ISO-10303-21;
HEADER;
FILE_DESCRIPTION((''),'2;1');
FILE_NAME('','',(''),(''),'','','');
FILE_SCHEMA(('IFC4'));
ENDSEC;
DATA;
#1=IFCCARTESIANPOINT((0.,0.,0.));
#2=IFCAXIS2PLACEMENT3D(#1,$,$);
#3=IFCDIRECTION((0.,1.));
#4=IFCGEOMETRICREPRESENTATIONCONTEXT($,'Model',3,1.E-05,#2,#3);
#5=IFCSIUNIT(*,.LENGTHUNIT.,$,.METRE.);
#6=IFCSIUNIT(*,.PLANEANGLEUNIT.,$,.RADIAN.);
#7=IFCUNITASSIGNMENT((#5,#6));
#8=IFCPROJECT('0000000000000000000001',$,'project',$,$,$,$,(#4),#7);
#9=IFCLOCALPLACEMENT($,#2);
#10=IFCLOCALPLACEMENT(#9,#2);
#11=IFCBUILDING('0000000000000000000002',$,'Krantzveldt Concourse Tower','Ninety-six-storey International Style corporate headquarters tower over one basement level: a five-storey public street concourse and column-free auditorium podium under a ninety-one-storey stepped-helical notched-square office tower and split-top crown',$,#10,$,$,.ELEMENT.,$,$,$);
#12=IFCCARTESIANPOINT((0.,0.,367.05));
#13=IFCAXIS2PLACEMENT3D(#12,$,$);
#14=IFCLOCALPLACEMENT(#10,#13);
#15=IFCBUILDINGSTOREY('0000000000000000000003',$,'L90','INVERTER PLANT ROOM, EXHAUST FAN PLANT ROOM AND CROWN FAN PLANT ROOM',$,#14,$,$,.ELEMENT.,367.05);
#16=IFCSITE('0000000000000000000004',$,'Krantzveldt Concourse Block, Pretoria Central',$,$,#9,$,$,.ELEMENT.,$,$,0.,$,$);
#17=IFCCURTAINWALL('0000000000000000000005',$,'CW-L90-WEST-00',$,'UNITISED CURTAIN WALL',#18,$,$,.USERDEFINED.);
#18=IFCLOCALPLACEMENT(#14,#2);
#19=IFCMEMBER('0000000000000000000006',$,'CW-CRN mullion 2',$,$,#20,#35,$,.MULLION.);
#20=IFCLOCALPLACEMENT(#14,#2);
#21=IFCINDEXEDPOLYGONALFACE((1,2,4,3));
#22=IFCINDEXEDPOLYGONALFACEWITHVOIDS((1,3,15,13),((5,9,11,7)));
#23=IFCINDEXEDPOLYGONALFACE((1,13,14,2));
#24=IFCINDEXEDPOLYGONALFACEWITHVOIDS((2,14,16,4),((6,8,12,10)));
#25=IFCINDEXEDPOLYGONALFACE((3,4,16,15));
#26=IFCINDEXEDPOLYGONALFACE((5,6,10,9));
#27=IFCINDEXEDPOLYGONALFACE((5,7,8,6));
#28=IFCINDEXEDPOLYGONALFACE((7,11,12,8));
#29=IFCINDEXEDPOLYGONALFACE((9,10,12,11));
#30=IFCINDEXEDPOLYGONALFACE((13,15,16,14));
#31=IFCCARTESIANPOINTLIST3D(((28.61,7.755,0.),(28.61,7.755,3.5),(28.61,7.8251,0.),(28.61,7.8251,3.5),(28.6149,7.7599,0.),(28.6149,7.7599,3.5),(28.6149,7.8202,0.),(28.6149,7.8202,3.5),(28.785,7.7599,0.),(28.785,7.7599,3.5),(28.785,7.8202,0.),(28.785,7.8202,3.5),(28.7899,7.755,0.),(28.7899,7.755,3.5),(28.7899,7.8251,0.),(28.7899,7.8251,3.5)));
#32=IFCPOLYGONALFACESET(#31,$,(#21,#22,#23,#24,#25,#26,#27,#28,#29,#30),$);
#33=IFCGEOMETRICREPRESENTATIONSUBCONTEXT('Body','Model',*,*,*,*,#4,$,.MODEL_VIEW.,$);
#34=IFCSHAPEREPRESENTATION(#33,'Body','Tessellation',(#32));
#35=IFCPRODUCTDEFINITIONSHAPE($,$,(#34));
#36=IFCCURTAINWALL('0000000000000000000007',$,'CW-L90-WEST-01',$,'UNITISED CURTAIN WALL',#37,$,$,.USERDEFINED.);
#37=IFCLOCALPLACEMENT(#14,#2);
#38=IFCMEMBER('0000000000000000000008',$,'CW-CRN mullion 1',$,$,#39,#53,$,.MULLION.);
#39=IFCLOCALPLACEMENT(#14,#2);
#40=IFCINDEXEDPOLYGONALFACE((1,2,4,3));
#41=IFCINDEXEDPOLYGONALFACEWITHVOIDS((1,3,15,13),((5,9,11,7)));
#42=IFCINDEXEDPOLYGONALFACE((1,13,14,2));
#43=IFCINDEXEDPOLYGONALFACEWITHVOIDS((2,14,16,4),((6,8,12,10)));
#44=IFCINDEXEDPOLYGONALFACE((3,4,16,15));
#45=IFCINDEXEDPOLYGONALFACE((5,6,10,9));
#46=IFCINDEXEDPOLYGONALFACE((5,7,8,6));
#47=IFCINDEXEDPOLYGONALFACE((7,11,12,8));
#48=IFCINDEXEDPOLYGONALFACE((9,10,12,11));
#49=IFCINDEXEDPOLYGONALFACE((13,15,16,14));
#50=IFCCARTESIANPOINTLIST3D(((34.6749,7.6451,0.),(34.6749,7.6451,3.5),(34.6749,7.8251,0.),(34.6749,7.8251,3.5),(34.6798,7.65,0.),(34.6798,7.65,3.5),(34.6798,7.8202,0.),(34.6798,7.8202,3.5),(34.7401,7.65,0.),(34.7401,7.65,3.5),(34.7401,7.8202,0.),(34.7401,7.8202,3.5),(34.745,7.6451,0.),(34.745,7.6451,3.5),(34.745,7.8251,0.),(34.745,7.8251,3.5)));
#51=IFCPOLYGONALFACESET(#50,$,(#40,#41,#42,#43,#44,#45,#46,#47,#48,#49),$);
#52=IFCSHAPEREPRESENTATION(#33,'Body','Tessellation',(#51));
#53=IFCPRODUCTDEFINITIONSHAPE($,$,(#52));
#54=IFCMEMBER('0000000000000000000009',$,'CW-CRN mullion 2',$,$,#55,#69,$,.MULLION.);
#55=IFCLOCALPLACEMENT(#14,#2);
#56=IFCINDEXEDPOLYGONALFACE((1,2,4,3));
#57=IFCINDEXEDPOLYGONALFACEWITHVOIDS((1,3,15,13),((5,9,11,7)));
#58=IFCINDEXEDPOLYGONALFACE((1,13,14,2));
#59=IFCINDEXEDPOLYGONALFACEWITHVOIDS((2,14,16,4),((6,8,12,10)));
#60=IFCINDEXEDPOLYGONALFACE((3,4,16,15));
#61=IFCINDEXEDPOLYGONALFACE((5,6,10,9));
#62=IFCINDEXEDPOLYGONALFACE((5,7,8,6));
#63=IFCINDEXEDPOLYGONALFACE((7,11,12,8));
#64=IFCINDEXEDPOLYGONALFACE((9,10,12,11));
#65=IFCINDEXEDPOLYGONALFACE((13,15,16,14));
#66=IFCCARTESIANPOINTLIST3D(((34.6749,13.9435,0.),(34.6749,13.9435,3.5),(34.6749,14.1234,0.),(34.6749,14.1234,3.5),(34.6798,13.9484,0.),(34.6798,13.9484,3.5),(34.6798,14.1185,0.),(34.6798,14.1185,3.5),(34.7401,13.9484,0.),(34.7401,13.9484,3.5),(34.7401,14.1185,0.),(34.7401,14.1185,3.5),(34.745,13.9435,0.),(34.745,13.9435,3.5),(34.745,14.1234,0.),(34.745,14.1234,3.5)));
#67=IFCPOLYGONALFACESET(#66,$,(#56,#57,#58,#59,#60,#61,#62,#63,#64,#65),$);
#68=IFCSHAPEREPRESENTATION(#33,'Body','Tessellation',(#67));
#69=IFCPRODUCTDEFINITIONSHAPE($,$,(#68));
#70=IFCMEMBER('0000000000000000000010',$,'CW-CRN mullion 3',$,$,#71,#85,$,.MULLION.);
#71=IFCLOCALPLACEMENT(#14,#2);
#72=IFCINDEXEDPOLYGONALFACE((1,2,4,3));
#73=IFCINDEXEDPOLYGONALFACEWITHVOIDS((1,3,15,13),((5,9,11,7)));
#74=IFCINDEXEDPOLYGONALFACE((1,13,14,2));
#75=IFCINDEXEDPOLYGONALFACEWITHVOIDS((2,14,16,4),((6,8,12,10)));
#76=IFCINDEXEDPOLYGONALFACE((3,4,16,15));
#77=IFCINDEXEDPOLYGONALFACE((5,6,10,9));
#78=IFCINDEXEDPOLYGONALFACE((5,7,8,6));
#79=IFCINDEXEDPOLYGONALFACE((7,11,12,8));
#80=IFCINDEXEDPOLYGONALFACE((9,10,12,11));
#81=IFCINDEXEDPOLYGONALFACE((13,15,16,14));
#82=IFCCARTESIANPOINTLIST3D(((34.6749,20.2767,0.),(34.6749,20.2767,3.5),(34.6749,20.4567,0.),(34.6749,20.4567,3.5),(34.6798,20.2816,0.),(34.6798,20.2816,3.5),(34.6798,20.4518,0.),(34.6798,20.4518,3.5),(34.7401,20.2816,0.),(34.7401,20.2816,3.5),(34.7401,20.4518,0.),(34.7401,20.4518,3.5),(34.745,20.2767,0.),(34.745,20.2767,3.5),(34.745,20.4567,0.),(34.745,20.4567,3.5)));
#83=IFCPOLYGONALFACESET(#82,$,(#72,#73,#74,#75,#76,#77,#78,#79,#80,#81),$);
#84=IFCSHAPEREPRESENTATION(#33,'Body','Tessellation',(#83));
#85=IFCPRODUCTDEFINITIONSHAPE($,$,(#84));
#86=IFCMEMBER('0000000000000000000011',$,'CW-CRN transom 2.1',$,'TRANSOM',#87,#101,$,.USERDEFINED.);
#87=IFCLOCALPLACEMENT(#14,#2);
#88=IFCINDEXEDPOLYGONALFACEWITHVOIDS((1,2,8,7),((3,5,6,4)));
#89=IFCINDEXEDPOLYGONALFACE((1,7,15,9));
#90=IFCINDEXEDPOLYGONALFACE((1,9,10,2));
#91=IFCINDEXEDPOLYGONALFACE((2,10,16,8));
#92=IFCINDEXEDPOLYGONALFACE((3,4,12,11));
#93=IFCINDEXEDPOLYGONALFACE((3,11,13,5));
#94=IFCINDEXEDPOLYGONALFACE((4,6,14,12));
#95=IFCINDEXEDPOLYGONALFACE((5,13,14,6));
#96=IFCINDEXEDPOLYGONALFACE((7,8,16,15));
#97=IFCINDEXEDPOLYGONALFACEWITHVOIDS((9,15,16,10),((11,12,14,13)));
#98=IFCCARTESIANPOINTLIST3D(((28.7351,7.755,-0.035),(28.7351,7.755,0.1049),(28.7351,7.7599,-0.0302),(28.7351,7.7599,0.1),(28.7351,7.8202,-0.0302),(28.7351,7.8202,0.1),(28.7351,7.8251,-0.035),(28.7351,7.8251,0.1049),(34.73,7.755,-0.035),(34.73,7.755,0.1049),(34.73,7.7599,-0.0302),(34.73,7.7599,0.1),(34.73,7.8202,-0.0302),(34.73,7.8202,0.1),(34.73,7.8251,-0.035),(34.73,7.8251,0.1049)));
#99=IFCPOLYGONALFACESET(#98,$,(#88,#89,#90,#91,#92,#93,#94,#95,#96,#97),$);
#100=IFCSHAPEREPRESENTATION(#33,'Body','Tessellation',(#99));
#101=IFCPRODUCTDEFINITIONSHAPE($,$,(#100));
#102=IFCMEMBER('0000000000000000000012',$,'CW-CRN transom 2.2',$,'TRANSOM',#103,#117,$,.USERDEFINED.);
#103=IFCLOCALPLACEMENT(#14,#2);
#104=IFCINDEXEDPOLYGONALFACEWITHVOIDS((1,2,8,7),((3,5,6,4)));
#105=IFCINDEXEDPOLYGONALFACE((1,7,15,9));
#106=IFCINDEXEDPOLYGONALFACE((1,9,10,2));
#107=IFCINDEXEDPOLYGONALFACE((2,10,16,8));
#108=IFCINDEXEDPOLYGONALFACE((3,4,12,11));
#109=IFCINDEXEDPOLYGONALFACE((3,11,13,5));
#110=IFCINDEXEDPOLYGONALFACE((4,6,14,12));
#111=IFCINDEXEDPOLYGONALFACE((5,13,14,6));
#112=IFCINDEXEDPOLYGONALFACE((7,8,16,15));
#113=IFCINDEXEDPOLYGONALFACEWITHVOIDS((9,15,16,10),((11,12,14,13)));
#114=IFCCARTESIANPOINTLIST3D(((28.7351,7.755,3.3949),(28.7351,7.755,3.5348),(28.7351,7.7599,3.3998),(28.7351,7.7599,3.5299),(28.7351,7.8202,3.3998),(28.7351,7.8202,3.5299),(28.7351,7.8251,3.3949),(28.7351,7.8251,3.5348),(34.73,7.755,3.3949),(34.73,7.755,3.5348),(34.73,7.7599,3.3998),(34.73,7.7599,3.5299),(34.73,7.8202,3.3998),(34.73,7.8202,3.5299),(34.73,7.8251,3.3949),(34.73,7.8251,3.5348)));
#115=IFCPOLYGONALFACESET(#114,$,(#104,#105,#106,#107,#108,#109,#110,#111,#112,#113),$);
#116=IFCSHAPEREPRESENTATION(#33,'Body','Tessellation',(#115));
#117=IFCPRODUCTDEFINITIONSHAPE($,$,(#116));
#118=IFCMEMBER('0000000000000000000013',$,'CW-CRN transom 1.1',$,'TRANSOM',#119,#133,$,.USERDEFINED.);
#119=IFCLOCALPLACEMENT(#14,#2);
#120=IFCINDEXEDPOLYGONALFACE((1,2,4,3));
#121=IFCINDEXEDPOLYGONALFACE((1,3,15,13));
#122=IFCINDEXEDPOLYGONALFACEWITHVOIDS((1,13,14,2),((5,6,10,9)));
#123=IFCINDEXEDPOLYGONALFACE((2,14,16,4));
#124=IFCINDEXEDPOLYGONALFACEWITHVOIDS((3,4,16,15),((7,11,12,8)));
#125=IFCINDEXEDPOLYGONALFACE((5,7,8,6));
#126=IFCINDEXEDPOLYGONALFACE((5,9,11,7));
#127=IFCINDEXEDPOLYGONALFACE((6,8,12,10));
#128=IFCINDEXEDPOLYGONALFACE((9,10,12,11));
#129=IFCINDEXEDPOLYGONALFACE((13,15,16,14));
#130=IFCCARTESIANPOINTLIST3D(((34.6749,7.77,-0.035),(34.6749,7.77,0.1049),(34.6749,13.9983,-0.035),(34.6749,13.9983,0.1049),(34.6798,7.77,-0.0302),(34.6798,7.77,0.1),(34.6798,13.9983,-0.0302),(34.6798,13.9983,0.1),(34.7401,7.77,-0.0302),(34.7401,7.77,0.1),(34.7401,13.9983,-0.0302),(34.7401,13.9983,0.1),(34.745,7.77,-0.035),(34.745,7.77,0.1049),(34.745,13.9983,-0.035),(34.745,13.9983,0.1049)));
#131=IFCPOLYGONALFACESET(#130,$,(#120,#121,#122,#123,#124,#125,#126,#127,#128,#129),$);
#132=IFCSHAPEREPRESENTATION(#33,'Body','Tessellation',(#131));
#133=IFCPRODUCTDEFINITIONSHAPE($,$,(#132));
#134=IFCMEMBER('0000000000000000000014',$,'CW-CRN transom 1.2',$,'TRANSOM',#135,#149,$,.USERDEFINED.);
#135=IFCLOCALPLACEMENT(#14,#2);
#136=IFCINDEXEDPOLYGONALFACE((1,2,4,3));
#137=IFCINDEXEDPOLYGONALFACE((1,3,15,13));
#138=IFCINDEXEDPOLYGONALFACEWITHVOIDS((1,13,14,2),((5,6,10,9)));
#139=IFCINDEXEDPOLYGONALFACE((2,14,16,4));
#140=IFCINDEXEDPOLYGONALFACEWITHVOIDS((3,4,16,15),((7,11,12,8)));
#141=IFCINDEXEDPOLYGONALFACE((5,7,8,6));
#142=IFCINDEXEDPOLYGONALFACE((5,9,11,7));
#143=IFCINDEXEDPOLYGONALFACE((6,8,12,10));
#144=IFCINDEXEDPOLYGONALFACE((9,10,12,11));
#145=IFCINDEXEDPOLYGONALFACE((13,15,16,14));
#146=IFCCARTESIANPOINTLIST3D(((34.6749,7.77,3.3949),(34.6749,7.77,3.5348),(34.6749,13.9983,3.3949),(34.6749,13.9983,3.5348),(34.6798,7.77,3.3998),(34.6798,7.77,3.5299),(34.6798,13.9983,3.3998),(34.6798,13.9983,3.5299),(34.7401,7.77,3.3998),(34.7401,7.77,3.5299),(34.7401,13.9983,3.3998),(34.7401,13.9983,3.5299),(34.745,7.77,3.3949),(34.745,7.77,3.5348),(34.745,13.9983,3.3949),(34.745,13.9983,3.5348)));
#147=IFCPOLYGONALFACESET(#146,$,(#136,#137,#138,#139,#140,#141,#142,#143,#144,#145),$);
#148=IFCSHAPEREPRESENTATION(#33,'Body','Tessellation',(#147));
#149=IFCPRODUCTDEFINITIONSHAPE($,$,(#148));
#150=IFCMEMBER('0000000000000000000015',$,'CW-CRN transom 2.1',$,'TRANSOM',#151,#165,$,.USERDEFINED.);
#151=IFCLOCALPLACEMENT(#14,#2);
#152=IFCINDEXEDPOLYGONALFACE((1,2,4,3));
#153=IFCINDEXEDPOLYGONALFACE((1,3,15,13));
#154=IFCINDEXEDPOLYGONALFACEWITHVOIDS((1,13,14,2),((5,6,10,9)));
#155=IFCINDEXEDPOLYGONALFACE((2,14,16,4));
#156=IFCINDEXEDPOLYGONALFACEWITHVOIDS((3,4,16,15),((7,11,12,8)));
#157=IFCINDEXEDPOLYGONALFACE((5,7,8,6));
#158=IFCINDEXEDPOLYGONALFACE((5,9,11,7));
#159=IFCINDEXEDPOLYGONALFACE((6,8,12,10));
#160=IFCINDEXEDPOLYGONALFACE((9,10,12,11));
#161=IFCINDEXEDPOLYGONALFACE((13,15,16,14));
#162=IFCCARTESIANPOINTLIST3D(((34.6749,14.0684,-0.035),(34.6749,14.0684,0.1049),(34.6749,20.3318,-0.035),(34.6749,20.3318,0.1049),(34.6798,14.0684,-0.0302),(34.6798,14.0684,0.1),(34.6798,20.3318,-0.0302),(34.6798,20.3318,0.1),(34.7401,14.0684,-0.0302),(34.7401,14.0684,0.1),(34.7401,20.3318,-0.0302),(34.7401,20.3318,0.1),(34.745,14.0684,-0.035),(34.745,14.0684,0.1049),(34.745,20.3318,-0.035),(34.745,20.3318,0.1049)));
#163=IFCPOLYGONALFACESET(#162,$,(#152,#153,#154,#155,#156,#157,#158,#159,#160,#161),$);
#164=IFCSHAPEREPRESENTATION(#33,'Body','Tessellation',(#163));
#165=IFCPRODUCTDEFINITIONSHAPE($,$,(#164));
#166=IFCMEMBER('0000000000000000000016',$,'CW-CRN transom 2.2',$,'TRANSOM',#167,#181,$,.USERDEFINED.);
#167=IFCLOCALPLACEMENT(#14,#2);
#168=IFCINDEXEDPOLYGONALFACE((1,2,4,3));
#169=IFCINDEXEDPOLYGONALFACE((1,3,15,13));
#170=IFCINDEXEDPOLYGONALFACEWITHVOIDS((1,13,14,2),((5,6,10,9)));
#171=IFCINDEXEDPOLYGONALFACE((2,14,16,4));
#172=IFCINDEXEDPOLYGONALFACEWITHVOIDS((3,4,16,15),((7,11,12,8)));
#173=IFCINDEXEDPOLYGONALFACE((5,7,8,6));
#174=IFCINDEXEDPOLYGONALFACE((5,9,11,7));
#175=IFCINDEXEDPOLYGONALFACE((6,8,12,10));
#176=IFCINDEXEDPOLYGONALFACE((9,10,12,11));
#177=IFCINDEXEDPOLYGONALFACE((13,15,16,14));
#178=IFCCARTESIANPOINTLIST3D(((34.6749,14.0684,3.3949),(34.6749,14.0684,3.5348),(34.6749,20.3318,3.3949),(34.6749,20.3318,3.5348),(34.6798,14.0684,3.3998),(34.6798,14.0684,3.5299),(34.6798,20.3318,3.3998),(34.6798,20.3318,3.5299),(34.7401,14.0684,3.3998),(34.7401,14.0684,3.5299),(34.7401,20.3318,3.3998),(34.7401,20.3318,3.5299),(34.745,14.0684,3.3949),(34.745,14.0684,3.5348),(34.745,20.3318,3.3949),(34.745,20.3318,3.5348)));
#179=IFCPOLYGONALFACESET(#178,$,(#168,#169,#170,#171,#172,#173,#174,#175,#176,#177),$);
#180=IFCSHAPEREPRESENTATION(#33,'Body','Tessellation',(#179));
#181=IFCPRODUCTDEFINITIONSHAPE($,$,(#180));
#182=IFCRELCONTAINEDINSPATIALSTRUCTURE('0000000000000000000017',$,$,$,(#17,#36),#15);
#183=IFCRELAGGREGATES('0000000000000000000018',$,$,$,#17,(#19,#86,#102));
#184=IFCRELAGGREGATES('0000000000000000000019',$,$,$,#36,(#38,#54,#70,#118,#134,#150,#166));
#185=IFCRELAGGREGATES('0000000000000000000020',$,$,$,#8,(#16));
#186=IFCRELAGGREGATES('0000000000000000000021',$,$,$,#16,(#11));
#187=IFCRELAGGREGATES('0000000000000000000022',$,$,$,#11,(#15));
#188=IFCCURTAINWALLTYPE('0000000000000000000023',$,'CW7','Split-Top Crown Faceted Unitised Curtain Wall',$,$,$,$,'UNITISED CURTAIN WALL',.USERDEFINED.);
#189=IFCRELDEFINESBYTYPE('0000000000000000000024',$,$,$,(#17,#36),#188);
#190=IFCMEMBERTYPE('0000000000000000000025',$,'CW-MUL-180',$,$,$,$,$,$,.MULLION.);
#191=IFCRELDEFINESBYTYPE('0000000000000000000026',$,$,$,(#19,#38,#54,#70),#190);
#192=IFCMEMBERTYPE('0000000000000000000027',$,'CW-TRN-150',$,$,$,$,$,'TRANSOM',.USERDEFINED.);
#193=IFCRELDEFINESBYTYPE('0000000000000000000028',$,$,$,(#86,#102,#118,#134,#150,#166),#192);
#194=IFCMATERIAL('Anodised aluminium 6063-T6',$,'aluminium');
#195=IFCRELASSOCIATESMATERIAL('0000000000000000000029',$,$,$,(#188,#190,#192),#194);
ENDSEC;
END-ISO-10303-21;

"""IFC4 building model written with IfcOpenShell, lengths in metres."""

from ifc_helpers import new_model, si_unit, direction, frame, origin, origin_2d, place, context, subcontext, project, spatial, hollow_rectangle, extrude, source, transform, mapped, material, material_profile, profile_set, type_object, type_shapes, element, aggregate, save


model = new_model("IFC4")

# Units and contexts
model_context = context("Model", 3, precision=1e-05, world=origin(), true_north=direction((0.0, 1.0)))
body_context = subcontext(model_context, "Body", "Model", "MODEL_VIEW")
ifc_project = project(units=[si_unit("LENGTHUNIT", "METRE"), si_unit("PLANEANGLEUNIT", "RADIAN")], contexts=[model_context])

# Site, building, storey
site_placement = place(None, origin())
site = spatial("IfcSite", under=ifc_project, at=site_placement, Name="Krantzveldt Concourse Block, Pretoria Central", CompositionType="ELEMENT", RefElevation=0.0)
building_placement = place(site_placement, origin())
building = spatial("IfcBuilding", under=site, at=building_placement, Name="Krantzveldt Concourse Tower", Description="Ninety-six-storey International Style corporate headquarters tower over one basement level: a five-storey public street concourse and column-free auditorium podium under a ninety-one-storey stepped-helical notched-square office tower and split-top crown", CompositionType="ELEMENT")
storey_placement = place(building_placement, frame((0.0, 0.0, 367.05)))
storey = spatial("IfcBuildingStorey", under=building, at=storey_placement, Name="L90", Description="INVERTER PLANT ROOM, EXHAUST FAN PLANT ROOM AND CROWN FAN PLANT ROOM", CompositionType="ELEMENT", Elevation=367.05)

# Curtain wall, member
ifc_material_1 = material(Name="Anodised aluminium 6063-T6", Category="aluminium")
curtain_wall_type = type_object("IfcCurtainWallType", Name="CW7", Description="Split-Top Crown Faceted Unitised Curtain Wall", ElementType="UNITISED CURTAIN WALL", PredefinedType="USERDEFINED", material=ifc_material_1)
curtain_wall_1_placement = place(storey_placement, origin())
curtain_wall_1 = element("IfcCurtainWall", 1, at=curtain_wall_1_placement, inside=storey, type_object=curtain_wall_type, Name="CW-L90-WEST-00", ObjectType="UNITISED CURTAIN WALL", PredefinedType="USERDEFINED")
ifc_material_profile_1 = material_profile(ifc_material_1, hollow_rectangle(XDim=0.0701, YDim=0.1799, WallThickness=0.0049, at=origin_2d()), Name="Anodised aluminium 6063-T6", Category="aluminium")
ifc_profile_set_1 = profile_set([ifc_material_profile_1], Name="Anodised aluminium 6063-T6 - ALU-MULL 180x70x5")
member_type_1 = type_object("IfcMemberType", Name="CW-MUL-180", PredefinedType="MULLION", material=ifc_profile_set_1)
shared_shape_1 = source(origin(), body_context, "Body", "SweptSolid", [
    extrude(hollow_rectangle(XDim=0.0701, YDim=0.1799, WallThickness=0.0049, at=origin_2d()), origin(), (0.0, 0.0, 1.0), 3.5),
])
type_shapes(member_type_1, [shared_shape_1])
member_1_placement = place(storey_placement, frame((28.7, 7.79, 0.0), z_axis=(0.0, 0.0, 1.0), x_axis=(0.0, 1.0, 0.0)))
member_1 = element("IfcMember", 2, at=member_1_placement, type_object=member_type_1, Name="CW-CRN mullion 2", PredefinedType="MULLION", context=body_context, shape_type="MappedRepresentation", body=[
    mapped(shared_shape_1, transform((0.0, 0.0, 0.0), x_axis=(1.0, 0.0, 0.0), y_axis=(0.0, 1.0, 0.0), z_axis=(0.0, 0.0, 1.0), scale=1.0)),
])

# Curtain wall, members
curtain_wall_2_placement = place(storey_placement, origin())
curtain_wall_2 = element("IfcCurtainWall", 3, at=curtain_wall_2_placement, inside=storey, type_object=curtain_wall_type, Name="CW-L90-WEST-01", ObjectType="UNITISED CURTAIN WALL", PredefinedType="USERDEFINED")
member_2_placement = place(storey_placement, frame((34.71, 7.7351, 0.0), z_axis=(0.0, 0.0, 1.0), x_axis=(-1.0, 0.0, 0.0)))
member_2 = element("IfcMember", 4, at=member_2_placement, type_object=member_type_1, Name="CW-CRN mullion 1", PredefinedType="MULLION", context=body_context, shape_type="MappedRepresentation", body=[
    mapped(shared_shape_1, transform((0.0, 0.0, 0.0), x_axis=(1.0, 0.0, 0.0), y_axis=(0.0, 1.0, 0.0), z_axis=(0.0, 0.0, 1.0), scale=1.0)),
])
member_3_placement = place(storey_placement, frame((34.71, 14.0334, 0.0), z_axis=(0.0, 0.0, 1.0), x_axis=(-1.0, 0.0, 0.0)))
member_3 = element("IfcMember", 5, at=member_3_placement, type_object=member_type_1, Name="CW-CRN mullion 2", PredefinedType="MULLION", context=body_context, shape_type="MappedRepresentation", body=[
    mapped(shared_shape_1, transform((0.0, 0.0, 0.0), x_axis=(1.0, 0.0, 0.0), y_axis=(0.0, 1.0, 0.0), z_axis=(0.0, 0.0, 1.0), scale=1.0)),
])
member_4_placement = place(storey_placement, frame((34.71, 20.3667, 0.0), z_axis=(0.0, 0.0, 1.0), x_axis=(-1.0, 0.0, 0.0)))
member_4 = element("IfcMember", 6, at=member_4_placement, type_object=member_type_1, Name="CW-CRN mullion 3", PredefinedType="MULLION", context=body_context, shape_type="MappedRepresentation", body=[
    mapped(shared_shape_1, transform((0.0, 0.0, 0.0), x_axis=(1.0, 0.0, 0.0), y_axis=(0.0, 1.0, 0.0), z_axis=(0.0, 0.0, 1.0), scale=1.0)),
])

# Members
ifc_material_profile_2 = material_profile(ifc_material_1, hollow_rectangle(XDim=0.0701, YDim=0.1399, WallThickness=0.0049, at=origin_2d()), Name="Anodised aluminium 6063-T6", Category="aluminium")
ifc_profile_set_2 = profile_set([ifc_material_profile_2], Name="Anodised aluminium 6063-T6 - ALU-TRAN 140x70x5")
member_type_2 = type_object("IfcMemberType", Name="CW-TRN-150", ElementType="TRANSOM", PredefinedType="USERDEFINED", material=ifc_profile_set_2)
shared_shape_2 = source(origin(), body_context, "Body", "SweptSolid", [
    extrude(hollow_rectangle(XDim=0.0701, YDim=0.1399, WallThickness=0.0049, at=origin_2d()), origin(), (0.0, 0.0, 1.0), 5.9949),
])
member_5_placement = place(storey_placement, frame((28.7351, 7.79, 0.0349), z_axis=(1.0, 0.0, 0.0), x_axis=(0.0, 1.0, 0.0)))
member_5 = element("IfcMember", 7, at=member_5_placement, type_object=member_type_2, Name="CW-CRN transom 2.1", ObjectType="TRANSOM", PredefinedType="USERDEFINED", context=body_context, shape_type="MappedRepresentation", body=[
    mapped(shared_shape_2, transform((0.0, 0.0, 0.0), x_axis=(1.0, 0.0, 0.0), y_axis=(0.0, 1.0, 0.0), z_axis=(0.0, 0.0, 1.0), scale=1.0)),
])
member_6_placement = place(storey_placement, frame((28.7351, 7.79, 3.4648), z_axis=(1.0, 0.0, 0.0), x_axis=(0.0, 1.0, 0.0)))
member_6 = element("IfcMember", 8, at=member_6_placement, type_object=member_type_2, Name="CW-CRN transom 2.2", ObjectType="TRANSOM", PredefinedType="USERDEFINED", context=body_context, shape_type="MappedRepresentation", body=[
    mapped(shared_shape_2, transform((0.0, 0.0, 0.0), x_axis=(1.0, 0.0, 0.0), y_axis=(0.0, 1.0, 0.0), z_axis=(0.0, 0.0, 1.0), scale=1.0)),
])
shared_shape_3 = source(origin(), body_context, "Body", "SweptSolid", [
    extrude(hollow_rectangle(XDim=0.0701, YDim=0.1399, WallThickness=0.0049, at=origin_2d()), origin(), (0.0, 0.0, 1.0), 6.2283),
])
member_7_placement = place(storey_placement, frame((34.71, 7.77, 0.0349), z_axis=(0.0, 1.0, 0.0), x_axis=(-1.0, 0.0, 0.0)))
member_7 = element("IfcMember", 9, at=member_7_placement, type_object=member_type_2, Name="CW-CRN transom 1.1", ObjectType="TRANSOM", PredefinedType="USERDEFINED", context=body_context, shape_type="MappedRepresentation", body=[
    mapped(shared_shape_3, transform((0.0, 0.0, 0.0), x_axis=(1.0, 0.0, 0.0), y_axis=(0.0, 1.0, 0.0), z_axis=(0.0, 0.0, 1.0), scale=1.0)),
])
member_8_placement = place(storey_placement, frame((34.71, 7.77, 3.4648), z_axis=(0.0, 1.0, 0.0), x_axis=(-1.0, 0.0, 0.0)))
member_8 = element("IfcMember", 10, at=member_8_placement, type_object=member_type_2, Name="CW-CRN transom 1.2", ObjectType="TRANSOM", PredefinedType="USERDEFINED", context=body_context, shape_type="MappedRepresentation", body=[
    mapped(shared_shape_3, transform((0.0, 0.0, 0.0), x_axis=(1.0, 0.0, 0.0), y_axis=(0.0, 1.0, 0.0), z_axis=(0.0, 0.0, 1.0), scale=1.0)),
])
shared_shape_4 = source(origin(), body_context, "Body", "SweptSolid", [
    extrude(hollow_rectangle(XDim=0.0701, YDim=0.1399, WallThickness=0.0049, at=origin_2d()), origin(), (0.0, 0.0, 1.0), 6.2634),
])
type_shapes(member_type_2, [shared_shape_2, shared_shape_3, shared_shape_4])
member_9_placement = place(storey_placement, frame((34.71, 14.0684, 0.0349), z_axis=(0.0, 1.0, 0.0), x_axis=(-1.0, 0.0, 0.0)))
member_9 = element("IfcMember", 11, at=member_9_placement, type_object=member_type_2, Name="CW-CRN transom 2.1", ObjectType="TRANSOM", PredefinedType="USERDEFINED", context=body_context, shape_type="MappedRepresentation", body=[
    mapped(shared_shape_4, transform((0.0, 0.0, 0.0), x_axis=(1.0, 0.0, 0.0), y_axis=(0.0, 1.0, 0.0), z_axis=(0.0, 0.0, 1.0), scale=1.0)),
])
member_10_placement = place(storey_placement, frame((34.71, 14.0684, 3.4648), z_axis=(0.0, 1.0, 0.0), x_axis=(-1.0, 0.0, 0.0)))
member_10 = element("IfcMember", 12, at=member_10_placement, type_object=member_type_2, Name="CW-CRN transom 2.2", ObjectType="TRANSOM", PredefinedType="USERDEFINED", context=body_context, shape_type="MappedRepresentation", body=[
    mapped(shared_shape_4, transform((0.0, 0.0, 0.0), x_axis=(1.0, 0.0, 0.0), y_axis=(0.0, 1.0, 0.0), z_axis=(0.0, 0.0, 1.0), scale=1.0)),
])

aggregate(curtain_wall_1, [member_1, member_5, member_6])
aggregate(curtain_wall_2, [member_2, member_3, member_4, member_7, member_8, member_9, member_10])

save(model, "model.ifc")
